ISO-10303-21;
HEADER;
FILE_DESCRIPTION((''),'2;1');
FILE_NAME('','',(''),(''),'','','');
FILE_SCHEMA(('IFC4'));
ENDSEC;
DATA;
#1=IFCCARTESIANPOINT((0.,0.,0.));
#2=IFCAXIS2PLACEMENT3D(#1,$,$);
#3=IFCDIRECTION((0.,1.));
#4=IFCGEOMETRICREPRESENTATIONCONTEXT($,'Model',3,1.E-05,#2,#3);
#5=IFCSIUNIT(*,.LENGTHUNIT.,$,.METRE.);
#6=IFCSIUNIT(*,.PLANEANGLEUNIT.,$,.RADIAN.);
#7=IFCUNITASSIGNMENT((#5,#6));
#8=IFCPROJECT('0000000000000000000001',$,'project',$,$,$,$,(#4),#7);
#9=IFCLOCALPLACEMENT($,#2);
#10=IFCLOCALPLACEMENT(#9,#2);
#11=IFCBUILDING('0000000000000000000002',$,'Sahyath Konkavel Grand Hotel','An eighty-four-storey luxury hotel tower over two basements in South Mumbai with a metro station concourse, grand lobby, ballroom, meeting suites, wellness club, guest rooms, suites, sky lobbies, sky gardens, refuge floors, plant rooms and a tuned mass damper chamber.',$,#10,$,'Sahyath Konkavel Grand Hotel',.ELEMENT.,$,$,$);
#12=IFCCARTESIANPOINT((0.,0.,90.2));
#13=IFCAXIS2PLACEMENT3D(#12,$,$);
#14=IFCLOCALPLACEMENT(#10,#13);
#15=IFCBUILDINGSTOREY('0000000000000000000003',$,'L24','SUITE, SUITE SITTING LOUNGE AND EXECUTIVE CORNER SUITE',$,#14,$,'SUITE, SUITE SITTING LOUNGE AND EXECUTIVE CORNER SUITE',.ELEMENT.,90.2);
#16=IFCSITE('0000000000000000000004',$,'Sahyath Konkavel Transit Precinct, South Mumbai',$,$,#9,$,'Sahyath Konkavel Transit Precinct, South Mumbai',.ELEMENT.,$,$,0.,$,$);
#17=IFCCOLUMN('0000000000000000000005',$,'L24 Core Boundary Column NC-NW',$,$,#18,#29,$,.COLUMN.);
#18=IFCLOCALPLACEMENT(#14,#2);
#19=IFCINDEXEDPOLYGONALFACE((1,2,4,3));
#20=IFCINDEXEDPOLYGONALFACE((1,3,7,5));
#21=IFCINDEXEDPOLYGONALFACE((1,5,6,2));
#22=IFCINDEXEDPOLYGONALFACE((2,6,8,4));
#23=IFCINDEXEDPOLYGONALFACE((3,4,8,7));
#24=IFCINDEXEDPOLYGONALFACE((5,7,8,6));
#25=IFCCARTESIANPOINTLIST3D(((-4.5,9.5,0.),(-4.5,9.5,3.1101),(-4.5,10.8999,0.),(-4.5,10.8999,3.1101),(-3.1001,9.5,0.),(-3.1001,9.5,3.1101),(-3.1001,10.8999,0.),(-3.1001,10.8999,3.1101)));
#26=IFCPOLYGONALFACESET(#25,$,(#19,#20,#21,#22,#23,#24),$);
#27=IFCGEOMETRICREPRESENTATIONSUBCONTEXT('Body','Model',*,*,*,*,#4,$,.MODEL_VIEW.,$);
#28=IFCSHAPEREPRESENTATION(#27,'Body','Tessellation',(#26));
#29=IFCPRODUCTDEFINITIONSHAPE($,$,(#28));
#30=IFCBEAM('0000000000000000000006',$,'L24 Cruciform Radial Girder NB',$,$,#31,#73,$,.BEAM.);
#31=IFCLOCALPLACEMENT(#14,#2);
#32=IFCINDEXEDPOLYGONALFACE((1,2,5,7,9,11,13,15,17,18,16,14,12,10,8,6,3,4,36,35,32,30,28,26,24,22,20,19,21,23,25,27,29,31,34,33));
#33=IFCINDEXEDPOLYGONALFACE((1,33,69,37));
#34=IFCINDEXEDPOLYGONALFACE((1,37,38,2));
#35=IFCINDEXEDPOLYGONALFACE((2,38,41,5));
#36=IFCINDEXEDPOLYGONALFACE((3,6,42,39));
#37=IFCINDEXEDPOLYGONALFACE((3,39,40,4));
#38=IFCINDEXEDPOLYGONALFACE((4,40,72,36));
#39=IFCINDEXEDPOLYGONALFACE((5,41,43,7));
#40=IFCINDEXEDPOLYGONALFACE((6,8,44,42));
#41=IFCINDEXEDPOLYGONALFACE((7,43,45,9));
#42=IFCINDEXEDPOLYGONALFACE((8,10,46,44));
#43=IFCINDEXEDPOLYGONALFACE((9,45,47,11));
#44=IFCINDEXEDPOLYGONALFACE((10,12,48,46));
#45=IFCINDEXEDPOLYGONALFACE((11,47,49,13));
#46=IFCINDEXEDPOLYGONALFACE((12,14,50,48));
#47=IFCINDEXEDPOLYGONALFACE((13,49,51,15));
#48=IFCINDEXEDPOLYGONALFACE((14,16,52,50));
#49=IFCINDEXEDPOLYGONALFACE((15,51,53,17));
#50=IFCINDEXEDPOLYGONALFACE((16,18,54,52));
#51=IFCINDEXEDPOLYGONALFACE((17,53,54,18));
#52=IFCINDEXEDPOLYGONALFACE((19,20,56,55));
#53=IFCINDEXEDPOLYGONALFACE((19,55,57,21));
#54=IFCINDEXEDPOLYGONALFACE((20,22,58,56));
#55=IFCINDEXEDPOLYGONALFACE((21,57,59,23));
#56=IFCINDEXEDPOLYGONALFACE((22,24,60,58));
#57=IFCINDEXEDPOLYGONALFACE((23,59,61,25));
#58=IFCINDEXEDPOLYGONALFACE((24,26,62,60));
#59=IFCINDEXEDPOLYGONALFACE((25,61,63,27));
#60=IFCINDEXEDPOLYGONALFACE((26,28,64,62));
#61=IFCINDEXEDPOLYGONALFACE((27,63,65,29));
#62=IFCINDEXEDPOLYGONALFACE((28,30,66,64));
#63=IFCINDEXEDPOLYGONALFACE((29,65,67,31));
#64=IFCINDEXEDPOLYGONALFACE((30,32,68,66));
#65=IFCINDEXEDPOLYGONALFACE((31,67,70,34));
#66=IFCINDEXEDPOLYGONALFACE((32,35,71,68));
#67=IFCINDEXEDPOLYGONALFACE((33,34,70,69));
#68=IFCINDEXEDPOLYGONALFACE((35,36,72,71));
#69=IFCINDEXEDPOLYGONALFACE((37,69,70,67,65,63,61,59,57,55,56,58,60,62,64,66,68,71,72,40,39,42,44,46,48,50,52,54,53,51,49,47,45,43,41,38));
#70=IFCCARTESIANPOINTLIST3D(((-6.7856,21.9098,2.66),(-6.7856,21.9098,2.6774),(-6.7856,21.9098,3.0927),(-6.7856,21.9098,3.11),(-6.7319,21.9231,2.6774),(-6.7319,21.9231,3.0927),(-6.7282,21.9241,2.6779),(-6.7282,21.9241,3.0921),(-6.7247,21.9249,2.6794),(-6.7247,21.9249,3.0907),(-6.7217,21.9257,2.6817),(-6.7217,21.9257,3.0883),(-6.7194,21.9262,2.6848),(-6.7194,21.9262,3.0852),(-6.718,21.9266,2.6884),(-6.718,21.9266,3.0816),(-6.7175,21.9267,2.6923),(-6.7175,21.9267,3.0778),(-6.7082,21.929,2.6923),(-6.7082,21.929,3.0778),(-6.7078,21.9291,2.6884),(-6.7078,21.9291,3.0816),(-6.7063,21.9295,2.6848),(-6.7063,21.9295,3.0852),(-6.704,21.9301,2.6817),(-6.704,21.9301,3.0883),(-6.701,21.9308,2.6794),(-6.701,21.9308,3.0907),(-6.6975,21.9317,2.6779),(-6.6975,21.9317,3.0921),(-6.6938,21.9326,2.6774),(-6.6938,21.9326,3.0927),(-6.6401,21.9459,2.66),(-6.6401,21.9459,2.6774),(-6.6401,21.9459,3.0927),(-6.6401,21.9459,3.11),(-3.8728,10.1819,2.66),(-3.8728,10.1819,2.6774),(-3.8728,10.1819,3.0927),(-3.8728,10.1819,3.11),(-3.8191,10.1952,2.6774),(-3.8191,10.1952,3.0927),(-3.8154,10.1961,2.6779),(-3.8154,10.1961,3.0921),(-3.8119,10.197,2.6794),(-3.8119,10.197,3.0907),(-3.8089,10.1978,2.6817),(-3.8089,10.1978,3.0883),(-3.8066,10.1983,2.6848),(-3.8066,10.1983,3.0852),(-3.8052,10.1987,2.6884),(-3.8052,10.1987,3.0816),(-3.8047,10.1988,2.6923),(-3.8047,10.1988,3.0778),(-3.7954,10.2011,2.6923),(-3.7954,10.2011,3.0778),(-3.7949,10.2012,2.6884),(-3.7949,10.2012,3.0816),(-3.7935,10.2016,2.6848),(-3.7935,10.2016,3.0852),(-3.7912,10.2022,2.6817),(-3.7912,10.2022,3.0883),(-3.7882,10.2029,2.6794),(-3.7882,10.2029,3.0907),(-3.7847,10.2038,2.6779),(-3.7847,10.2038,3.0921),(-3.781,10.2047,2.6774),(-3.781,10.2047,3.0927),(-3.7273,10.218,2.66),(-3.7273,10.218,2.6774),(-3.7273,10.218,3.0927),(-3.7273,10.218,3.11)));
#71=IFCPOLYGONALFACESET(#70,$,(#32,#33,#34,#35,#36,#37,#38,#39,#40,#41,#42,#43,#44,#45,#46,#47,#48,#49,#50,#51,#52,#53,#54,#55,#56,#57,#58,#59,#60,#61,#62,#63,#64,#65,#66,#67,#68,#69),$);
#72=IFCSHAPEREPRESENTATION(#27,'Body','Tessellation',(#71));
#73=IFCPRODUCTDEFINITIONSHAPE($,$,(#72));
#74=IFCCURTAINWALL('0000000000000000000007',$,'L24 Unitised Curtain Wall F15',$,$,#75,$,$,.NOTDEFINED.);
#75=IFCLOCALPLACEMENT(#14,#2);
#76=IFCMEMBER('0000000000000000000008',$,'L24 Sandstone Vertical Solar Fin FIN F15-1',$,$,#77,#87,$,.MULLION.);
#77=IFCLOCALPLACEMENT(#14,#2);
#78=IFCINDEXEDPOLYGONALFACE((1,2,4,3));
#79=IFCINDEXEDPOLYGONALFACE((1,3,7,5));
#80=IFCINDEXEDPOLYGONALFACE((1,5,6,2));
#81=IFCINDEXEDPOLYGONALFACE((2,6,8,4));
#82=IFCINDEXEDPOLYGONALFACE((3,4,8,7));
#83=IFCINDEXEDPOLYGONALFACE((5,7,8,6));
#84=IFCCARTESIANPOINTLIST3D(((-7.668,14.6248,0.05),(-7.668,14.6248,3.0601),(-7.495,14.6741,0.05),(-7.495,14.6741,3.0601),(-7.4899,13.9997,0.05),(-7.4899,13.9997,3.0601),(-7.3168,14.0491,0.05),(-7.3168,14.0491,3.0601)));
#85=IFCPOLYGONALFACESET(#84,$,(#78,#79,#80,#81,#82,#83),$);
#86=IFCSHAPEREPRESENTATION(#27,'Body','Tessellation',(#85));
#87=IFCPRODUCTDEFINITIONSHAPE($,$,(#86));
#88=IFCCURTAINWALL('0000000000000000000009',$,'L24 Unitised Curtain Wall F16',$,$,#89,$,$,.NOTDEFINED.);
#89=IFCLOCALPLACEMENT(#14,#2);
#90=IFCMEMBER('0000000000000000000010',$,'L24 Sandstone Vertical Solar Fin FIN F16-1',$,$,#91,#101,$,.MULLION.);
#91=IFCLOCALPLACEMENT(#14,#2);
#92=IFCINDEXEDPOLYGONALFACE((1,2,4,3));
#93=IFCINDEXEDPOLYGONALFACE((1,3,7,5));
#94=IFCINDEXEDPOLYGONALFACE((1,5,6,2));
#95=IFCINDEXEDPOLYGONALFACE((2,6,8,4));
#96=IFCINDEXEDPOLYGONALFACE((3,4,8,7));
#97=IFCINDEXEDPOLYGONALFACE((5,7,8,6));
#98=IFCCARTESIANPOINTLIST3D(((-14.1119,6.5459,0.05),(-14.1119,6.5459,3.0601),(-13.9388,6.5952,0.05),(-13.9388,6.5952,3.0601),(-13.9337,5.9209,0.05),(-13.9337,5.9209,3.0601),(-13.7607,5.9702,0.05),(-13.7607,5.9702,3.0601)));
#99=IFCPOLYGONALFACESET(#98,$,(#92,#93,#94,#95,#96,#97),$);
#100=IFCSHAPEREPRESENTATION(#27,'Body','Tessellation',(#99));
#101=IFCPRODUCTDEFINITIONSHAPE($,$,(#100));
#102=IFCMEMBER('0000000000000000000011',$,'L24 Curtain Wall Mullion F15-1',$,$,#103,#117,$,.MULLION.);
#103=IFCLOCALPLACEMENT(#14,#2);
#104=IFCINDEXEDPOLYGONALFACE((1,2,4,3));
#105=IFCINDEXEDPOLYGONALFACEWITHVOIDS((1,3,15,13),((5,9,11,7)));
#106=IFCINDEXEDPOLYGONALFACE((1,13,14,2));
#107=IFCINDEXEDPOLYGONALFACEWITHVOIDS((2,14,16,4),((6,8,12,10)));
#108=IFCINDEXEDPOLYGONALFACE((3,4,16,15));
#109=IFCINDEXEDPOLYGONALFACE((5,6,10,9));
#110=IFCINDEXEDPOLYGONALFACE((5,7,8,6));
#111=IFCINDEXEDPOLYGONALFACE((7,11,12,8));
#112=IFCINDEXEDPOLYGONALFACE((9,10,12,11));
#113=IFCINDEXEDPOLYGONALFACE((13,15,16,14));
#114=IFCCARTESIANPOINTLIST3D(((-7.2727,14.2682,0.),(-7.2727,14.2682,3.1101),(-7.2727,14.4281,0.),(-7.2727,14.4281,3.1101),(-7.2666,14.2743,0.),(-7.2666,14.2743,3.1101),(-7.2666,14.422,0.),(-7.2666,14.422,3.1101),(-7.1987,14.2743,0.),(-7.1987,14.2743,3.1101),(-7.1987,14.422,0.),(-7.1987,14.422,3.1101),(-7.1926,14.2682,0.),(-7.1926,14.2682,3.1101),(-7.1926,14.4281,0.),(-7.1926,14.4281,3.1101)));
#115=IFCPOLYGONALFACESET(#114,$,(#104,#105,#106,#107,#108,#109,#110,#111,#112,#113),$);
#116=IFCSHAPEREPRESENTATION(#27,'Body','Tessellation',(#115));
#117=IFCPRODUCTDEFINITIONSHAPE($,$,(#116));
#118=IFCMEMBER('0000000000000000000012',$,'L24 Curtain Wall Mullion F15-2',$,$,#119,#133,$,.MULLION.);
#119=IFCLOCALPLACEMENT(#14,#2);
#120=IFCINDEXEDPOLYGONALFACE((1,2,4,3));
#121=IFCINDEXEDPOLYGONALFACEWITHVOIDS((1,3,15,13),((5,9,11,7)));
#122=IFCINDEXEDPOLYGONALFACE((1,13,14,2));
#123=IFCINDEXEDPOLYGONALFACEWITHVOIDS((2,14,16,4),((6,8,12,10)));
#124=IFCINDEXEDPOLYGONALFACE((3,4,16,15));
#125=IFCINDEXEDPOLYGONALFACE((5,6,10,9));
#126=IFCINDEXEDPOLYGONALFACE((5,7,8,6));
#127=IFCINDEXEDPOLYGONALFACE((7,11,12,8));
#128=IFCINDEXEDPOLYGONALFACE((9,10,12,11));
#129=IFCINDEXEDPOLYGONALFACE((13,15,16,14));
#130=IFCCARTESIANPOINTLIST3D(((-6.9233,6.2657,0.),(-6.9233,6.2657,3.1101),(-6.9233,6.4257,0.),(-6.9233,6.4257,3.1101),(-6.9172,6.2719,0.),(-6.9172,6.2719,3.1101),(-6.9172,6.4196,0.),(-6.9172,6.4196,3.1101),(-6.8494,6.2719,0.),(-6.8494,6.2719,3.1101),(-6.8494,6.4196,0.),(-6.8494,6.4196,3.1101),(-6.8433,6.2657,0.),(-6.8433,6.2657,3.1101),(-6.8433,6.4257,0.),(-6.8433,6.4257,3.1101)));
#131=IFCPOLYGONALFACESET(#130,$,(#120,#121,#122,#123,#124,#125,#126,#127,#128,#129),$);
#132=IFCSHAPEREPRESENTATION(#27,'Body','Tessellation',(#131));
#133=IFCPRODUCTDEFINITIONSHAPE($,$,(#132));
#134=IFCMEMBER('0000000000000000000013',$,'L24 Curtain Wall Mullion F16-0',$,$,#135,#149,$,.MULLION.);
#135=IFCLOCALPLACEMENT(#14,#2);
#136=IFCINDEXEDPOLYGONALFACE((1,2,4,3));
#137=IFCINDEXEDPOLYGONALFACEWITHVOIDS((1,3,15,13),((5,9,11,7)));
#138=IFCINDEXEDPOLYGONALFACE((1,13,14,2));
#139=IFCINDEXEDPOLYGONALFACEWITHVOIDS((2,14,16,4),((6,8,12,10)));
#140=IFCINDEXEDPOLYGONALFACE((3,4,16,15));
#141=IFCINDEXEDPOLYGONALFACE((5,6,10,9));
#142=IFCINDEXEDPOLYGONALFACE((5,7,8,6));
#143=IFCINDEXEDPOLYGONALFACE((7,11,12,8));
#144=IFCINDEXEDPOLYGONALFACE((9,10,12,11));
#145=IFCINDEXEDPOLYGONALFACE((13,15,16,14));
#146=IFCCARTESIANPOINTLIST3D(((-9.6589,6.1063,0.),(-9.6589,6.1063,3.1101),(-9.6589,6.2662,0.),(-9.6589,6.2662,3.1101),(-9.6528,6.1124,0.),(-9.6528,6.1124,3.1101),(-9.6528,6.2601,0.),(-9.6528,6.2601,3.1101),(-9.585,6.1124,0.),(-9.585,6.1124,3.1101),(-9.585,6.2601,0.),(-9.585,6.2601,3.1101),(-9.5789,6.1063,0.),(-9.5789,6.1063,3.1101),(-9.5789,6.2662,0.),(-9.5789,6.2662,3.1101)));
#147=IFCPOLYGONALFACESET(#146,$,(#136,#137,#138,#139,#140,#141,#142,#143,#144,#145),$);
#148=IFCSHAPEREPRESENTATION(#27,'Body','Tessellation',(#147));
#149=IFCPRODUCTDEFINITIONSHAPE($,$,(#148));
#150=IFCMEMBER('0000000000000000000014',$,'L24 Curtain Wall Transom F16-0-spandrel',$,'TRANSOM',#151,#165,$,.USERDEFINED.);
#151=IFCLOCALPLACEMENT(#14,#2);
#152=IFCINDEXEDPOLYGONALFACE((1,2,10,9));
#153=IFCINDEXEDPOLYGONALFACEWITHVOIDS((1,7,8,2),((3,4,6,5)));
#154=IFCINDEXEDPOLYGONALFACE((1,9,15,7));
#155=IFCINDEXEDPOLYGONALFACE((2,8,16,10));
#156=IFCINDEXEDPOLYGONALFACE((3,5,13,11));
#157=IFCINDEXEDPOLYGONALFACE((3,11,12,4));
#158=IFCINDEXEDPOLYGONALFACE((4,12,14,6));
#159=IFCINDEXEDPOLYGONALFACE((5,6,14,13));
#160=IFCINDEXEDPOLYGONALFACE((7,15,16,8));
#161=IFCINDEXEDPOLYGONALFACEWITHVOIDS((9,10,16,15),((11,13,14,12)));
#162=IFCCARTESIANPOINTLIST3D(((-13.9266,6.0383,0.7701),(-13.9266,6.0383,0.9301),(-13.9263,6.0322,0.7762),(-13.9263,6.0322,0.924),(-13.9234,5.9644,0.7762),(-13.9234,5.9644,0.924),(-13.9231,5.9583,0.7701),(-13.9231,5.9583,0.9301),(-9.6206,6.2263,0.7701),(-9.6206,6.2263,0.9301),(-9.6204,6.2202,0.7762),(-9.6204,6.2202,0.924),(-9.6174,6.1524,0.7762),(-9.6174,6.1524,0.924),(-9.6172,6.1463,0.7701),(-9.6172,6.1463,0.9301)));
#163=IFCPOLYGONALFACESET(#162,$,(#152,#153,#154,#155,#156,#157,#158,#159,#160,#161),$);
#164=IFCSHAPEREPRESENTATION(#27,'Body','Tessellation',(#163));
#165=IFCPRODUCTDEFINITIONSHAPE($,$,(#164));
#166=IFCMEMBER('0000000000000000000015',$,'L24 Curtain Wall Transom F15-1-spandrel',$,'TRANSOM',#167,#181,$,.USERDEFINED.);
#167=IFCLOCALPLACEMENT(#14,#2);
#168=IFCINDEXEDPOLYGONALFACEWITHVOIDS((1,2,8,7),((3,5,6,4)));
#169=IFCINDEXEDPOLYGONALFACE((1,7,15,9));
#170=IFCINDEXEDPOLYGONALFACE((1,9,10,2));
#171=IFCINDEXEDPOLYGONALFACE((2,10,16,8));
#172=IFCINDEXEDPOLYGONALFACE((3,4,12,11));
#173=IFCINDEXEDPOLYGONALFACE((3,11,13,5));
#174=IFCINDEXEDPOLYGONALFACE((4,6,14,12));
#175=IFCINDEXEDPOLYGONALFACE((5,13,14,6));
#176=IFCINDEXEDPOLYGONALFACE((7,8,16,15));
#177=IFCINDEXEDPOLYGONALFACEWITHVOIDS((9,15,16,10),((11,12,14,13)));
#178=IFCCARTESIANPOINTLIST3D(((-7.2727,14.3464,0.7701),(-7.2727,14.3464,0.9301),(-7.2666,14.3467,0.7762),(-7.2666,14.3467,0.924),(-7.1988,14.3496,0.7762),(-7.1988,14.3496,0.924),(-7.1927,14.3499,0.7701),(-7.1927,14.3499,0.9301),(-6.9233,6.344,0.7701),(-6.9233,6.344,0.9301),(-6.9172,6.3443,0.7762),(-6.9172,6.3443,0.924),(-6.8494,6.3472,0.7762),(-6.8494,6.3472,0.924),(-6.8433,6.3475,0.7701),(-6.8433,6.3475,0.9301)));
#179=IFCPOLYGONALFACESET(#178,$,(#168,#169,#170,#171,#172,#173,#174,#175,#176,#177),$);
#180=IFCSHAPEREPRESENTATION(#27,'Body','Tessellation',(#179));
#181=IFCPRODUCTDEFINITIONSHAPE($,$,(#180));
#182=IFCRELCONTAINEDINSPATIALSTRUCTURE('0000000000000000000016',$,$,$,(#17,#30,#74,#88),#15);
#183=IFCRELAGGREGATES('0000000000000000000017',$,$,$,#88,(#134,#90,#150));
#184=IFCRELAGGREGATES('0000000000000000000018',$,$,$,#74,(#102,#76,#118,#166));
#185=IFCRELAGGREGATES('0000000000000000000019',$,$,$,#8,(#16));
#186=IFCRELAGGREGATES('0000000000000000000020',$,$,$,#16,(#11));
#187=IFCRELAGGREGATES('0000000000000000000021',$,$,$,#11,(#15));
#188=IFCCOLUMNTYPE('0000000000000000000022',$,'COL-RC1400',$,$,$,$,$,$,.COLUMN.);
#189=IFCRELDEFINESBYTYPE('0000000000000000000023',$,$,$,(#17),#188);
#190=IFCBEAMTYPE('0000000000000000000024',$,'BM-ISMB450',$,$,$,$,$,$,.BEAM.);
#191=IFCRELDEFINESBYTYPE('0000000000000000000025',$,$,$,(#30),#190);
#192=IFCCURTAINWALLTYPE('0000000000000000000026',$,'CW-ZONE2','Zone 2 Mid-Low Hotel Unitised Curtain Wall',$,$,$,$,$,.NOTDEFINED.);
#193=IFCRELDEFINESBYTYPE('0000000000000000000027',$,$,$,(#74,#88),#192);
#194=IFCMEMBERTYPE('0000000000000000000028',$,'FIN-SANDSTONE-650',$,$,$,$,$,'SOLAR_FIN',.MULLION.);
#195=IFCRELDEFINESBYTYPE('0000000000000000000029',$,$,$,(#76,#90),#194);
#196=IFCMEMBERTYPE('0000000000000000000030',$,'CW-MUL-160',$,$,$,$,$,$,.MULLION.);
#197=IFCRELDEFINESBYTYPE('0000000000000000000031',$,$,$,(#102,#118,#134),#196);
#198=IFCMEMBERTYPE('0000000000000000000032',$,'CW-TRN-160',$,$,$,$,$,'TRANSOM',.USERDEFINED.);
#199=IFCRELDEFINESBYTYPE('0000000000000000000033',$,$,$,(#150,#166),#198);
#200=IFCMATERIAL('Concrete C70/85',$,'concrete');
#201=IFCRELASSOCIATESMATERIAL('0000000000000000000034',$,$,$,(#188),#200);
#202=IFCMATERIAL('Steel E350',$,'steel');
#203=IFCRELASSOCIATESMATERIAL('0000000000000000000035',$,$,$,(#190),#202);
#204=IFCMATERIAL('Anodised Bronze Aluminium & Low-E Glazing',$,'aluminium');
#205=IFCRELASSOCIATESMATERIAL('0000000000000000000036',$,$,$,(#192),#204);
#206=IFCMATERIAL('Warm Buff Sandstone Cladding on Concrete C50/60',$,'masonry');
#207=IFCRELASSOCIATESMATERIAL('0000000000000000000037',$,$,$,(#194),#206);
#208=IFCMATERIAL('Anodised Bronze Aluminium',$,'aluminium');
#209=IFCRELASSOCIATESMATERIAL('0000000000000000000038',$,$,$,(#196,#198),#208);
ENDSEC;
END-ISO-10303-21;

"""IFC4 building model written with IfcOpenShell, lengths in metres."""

from ifc_helpers import new_model, si_unit, direction, frame, origin, origin_2d, place, context, subcontext, project, spatial, rectangle, hollow_rectangle, i_section, extrude, source, transform, mapped, material, material_profile, profile_set, type_object, element, aggregate, save


model = new_model("IFC4")

# Units and contexts
model_context = context("Model", 3, precision=1e-05, world=origin(), true_north=direction((0.0, 1.0)))
body_context = subcontext(model_context, "Body", "Model", "MODEL_VIEW")
ifc_project = project(units=[si_unit("LENGTHUNIT", "METRE"), si_unit("PLANEANGLEUNIT", "RADIAN")], contexts=[model_context])

# Site, building, storey
site_placement = place(None, origin())
site = spatial("IfcSite", under=ifc_project, at=site_placement, Name="Sahyath Konkavel Transit Precinct, South Mumbai", LongName="Sahyath Konkavel Transit Precinct, South Mumbai", CompositionType="ELEMENT", RefElevation=0.0)
building_placement = place(site_placement, origin())
building = spatial("IfcBuilding", under=site, at=building_placement, Name="Sahyath Konkavel Grand Hotel", Description="An eighty-four-storey luxury hotel tower over two basements in South Mumbai with a metro station concourse, grand lobby, ballroom, meeting suites, wellness club, guest rooms, suites, sky lobbies, sky gardens, refuge floors, plant rooms and a tuned mass damper chamber.", LongName="Sahyath Konkavel Grand Hotel", CompositionType="ELEMENT")
storey_placement = place(building_placement, frame((0.0, 0.0, 90.2)))
storey = spatial("IfcBuildingStorey", under=building, at=storey_placement, Name="L24", Description="SUITE, SUITE SITTING LOUNGE AND EXECUTIVE CORNER SUITE", LongName="SUITE, SUITE SITTING LOUNGE AND EXECUTIVE CORNER SUITE", CompositionType="ELEMENT", Elevation=90.2)

# Column
ifc_material_1 = material(Name="Concrete C70/85", Category="concrete")
ifc_material_profile_1 = material_profile(ifc_material_1, rectangle(XDim=1.3999, YDim=1.3999, at=origin_2d()), Name="RC 1400x1400")
ifc_profile_set_1 = profile_set([ifc_material_profile_1], Name="Concrete C70/85")
column_type = type_object("IfcColumnType", Name="COL-RC1400", PredefinedType="COLUMN", material=ifc_profile_set_1)
shared_shape_1 = source(origin(), body_context, "Body", "SweptSolid", [
    extrude(rectangle(XDim=1.3999, YDim=1.3999, at=origin_2d()), origin(), (0.0, 0.0, 1.0), 3.1101),
])
column_placement = place(storey_placement, frame((-3.8, 10.2, 0.0), z_axis=(0.0, 0.0, 1.0), x_axis=(1.0, 0.0, 0.0)))
element("IfcColumn", 1, at=column_placement, inside=storey, type_object=column_type, Name="L24 Core Boundary Column NC-NW", PredefinedType="COLUMN", context=body_context, shape_type="MappedRepresentation", body=[
    mapped(shared_shape_1, transform((0.0, 0.0, 0.0), scale=1.0)),
])

# Beam
ifc_material_2 = material(Name="Steel E350", Category="steel")
ifc_material_profile_2 = material_profile(ifc_material_2, i_section(OverallWidth=0.1499, OverallDepth=0.45, WebThickness=0.0095, FlangeThickness=0.0173, FilletRadius=0.0149, at=origin_2d()), Name="ISMB 450")
ifc_profile_set_2 = profile_set([ifc_material_profile_2], Name="Steel E350")
beam_type = type_object("IfcBeamType", Name="BM-ISMB450", PredefinedType="BEAM", material=ifc_profile_set_2)
shared_shape_2 = source(origin(), body_context, "Body", "SweptSolid", [
    extrude(i_section(OverallWidth=0.1499, OverallDepth=0.45, WebThickness=0.0095, FlangeThickness=0.0173, FilletRadius=0.0149, at=origin_2d()), origin(), (0.0, 0.0, 1.0), 12.0842),
])
beam_placement = place(storey_placement, frame((-3.8, 10.2, 2.885), z_axis=(-0.241043, 0.970515, 0.0), x_axis=(-0.970515, -0.241043, 0.0)))
element("IfcBeam", 2, at=beam_placement, inside=storey, type_object=beam_type, Name="L24 Cruciform Radial Girder NB", PredefinedType="BEAM", context=body_context, shape_type="MappedRepresentation", body=[
    mapped(shared_shape_2, transform((0.0, 0.0, 0.0), scale=1.0)),
])

# Curtain walls, members
ifc_material_3 = material(Name="Anodised Bronze Aluminium & Low-E Glazing", Category="aluminium")
curtain_wall_type = type_object("IfcCurtainWallType", Name="CW-ZONE2", Description="Zone 2 Mid-Low Hotel Unitised Curtain Wall", PredefinedType="NOTDEFINED", material=ifc_material_3)
curtain_wall_1_placement = place(storey_placement, origin())
curtain_wall_1 = element("IfcCurtainWall", 3, at=curtain_wall_1_placement, inside=storey, type_object=curtain_wall_type, Name="L24 Unitised Curtain Wall F15", PredefinedType="NOTDEFINED")
ifc_material_4 = material(Name="Warm Buff Sandstone Cladding on Concrete C50/60", Category="masonry")
ifc_material_profile_3 = material_profile(ifc_material_4, rectangle(XDim=0.1799, YDim=0.6499, at=origin_2d()), Name="FIN 180x650")
ifc_profile_set_3 = profile_set([ifc_material_profile_3], Name="Warm Buff Sandstone Cladding on Concrete C50/60")
member_type_1 = type_object("IfcMemberType", Name="FIN-SANDSTONE-650", ElementType="SOLAR_FIN", PredefinedType="MULLION", material=ifc_profile_set_3)
shared_shape_3 = source(origin(), body_context, "Body", "SweptSolid", [
    extrude(rectangle(XDim=0.1799, YDim=0.6499, at=origin_2d()), origin(), (0.0, 0.0, 1.0), 3.01),
])
member_1_placement = place(storey_placement, frame((-7.4924, 14.3369, 0.05), z_axis=(0.0, 0.0, 1.0), x_axis=(0.961693, 0.274127, 0.0)))
member_1 = element("IfcMember", 4, at=member_1_placement, type_object=member_type_1, Name="L24 Sandstone Vertical Solar Fin FIN F15-1", PredefinedType="MULLION", context=body_context, shape_type="MappedRepresentation", body=[
    mapped(shared_shape_3, transform((0.0, 0.0, 0.0), scale=1.0)),
])
curtain_wall_2_placement = place(storey_placement, origin())
curtain_wall_2 = element("IfcCurtainWall", 5, at=curtain_wall_2_placement, inside=storey, type_object=curtain_wall_type, Name="L24 Unitised Curtain Wall F16", PredefinedType="NOTDEFINED")
member_2_placement = place(storey_placement, frame((-13.9363, 6.2581, 0.05), z_axis=(0.0, 0.0, 1.0), x_axis=(0.961693, 0.274127, 0.0)))
member_2 = element("IfcMember", 6, at=member_2_placement, type_object=member_type_1, Name="L24 Sandstone Vertical Solar Fin FIN F16-1", PredefinedType="MULLION", context=body_context, shape_type="MappedRepresentation", body=[
    mapped(shared_shape_3, transform((0.0, 0.0, 0.0), scale=1.0)),
])

# Members
ifc_material_5 = material(Name="Anodised Bronze Aluminium", Category="aluminium")
ifc_material_profile_4 = material_profile(ifc_material_5, hollow_rectangle(XDim=0.0801, YDim=0.1599, WallThickness=0.0061, at=origin_2d()), Name="RHS 160x80x6")
ifc_profile_set_4 = profile_set([ifc_material_profile_4], Name="Anodised Bronze Aluminium")
member_type_2 = type_object("IfcMemberType", Name="CW-MUL-160", PredefinedType="MULLION", material=ifc_profile_set_4)
shared_shape_4 = source(origin(), body_context, "Body", "SweptSolid", [
    extrude(hollow_rectangle(XDim=0.0801, YDim=0.1599, WallThickness=0.0061, at=origin_2d()), origin(), (0.0, 0.0, 1.0), 3.1101),
])
member_3_placement = place(storey_placement, frame((-7.2327, 14.3481, 0.0), z_axis=(0.0, 0.0, 1.0), x_axis=(1.0, 0.0, 0.0)))
member_3 = element("IfcMember", 7, at=member_3_placement, type_object=member_type_2, Name="L24 Curtain Wall Mullion F15-1", PredefinedType="MULLION", context=body_context, shape_type="MappedRepresentation", body=[
    mapped(shared_shape_4, transform((0.0, 0.0, 0.0), scale=1.0)),
])
member_4_placement = place(storey_placement, frame((-6.8833, 6.3457, 0.0), z_axis=(0.0, 0.0, 1.0), x_axis=(1.0, 0.0, 0.0)))
member_4 = element("IfcMember", 8, at=member_4_placement, type_object=member_type_2, Name="L24 Curtain Wall Mullion F15-2", PredefinedType="MULLION", context=body_context, shape_type="MappedRepresentation", body=[
    mapped(shared_shape_4, transform((0.0, 0.0, 0.0), scale=1.0)),
])
member_5_placement = place(storey_placement, frame((-9.6189, 6.1863, 0.0), z_axis=(0.0, 0.0, 1.0), x_axis=(1.0, 0.0, 0.0)))
member_5 = element("IfcMember", 9, at=member_5_placement, type_object=member_type_2, Name="L24 Curtain Wall Mullion F16-0", PredefinedType="MULLION", context=body_context, shape_type="MappedRepresentation", body=[
    mapped(shared_shape_4, transform((0.0, 0.0, 0.0), scale=1.0)),
])
ifc_material_profile_5 = material_profile(ifc_material_5, hollow_rectangle(XDim=0.0801, YDim=0.1599, WallThickness=0.0061, at=origin_2d()), Name="RHS 160x80x6")
ifc_profile_set_5 = profile_set([ifc_material_profile_5], Name="Anodised Bronze Aluminium")
member_type_3 = type_object("IfcMemberType", Name="CW-TRN-160", ElementType="TRANSOM", PredefinedType="USERDEFINED", material=ifc_profile_set_5)
shared_shape_5 = source(origin(), body_context, "Body", "SweptSolid", [
    extrude(hollow_rectangle(XDim=0.0801, YDim=0.1599, WallThickness=0.0061, at=origin_2d()), origin(), (0.0, 0.0, 1.0), 4.3101),
])
member_6_placement = place(storey_placement, frame((-9.6189, 6.1863, 0.8501), z_axis=(-0.999048, -0.043617, 0.0), x_axis=(0.043617, -0.999048, 0.0)))
member_6 = element("IfcMember", 10, at=member_6_placement, type_object=member_type_3, Name="L24 Curtain Wall Transom F16-0-spandrel", ObjectType="TRANSOM", PredefinedType="USERDEFINED", context=body_context, shape_type="MappedRepresentation", body=[
    mapped(shared_shape_5, transform((0.0, 0.0, 0.0), scale=1.0)),
])
aggregate(curtain_wall_2, [member_5, member_2, member_6])
shared_shape_6 = source(origin(), body_context, "Body", "SweptSolid", [
    extrude(hollow_rectangle(XDim=0.0801, YDim=0.1599, WallThickness=0.0061, at=origin_2d()), origin(), (0.0, 0.0, 1.0), 8.01),
])
member_7_placement = place(storey_placement, frame((-7.2327, 14.3481, 0.8501), z_axis=(0.043616, -0.999048, 0.0), x_axis=(0.999048, 0.043616, 0.0)))
member_7 = element("IfcMember", 11, at=member_7_placement, type_object=member_type_3, Name="L24 Curtain Wall Transom F15-1-spandrel", ObjectType="TRANSOM", PredefinedType="USERDEFINED", context=body_context, shape_type="MappedRepresentation", body=[
    mapped(shared_shape_6, transform((0.0, 0.0, 0.0), scale=1.0)),
])

aggregate(curtain_wall_1, [member_3, member_1, member_4, member_7])

save(model, "model.ifc")
